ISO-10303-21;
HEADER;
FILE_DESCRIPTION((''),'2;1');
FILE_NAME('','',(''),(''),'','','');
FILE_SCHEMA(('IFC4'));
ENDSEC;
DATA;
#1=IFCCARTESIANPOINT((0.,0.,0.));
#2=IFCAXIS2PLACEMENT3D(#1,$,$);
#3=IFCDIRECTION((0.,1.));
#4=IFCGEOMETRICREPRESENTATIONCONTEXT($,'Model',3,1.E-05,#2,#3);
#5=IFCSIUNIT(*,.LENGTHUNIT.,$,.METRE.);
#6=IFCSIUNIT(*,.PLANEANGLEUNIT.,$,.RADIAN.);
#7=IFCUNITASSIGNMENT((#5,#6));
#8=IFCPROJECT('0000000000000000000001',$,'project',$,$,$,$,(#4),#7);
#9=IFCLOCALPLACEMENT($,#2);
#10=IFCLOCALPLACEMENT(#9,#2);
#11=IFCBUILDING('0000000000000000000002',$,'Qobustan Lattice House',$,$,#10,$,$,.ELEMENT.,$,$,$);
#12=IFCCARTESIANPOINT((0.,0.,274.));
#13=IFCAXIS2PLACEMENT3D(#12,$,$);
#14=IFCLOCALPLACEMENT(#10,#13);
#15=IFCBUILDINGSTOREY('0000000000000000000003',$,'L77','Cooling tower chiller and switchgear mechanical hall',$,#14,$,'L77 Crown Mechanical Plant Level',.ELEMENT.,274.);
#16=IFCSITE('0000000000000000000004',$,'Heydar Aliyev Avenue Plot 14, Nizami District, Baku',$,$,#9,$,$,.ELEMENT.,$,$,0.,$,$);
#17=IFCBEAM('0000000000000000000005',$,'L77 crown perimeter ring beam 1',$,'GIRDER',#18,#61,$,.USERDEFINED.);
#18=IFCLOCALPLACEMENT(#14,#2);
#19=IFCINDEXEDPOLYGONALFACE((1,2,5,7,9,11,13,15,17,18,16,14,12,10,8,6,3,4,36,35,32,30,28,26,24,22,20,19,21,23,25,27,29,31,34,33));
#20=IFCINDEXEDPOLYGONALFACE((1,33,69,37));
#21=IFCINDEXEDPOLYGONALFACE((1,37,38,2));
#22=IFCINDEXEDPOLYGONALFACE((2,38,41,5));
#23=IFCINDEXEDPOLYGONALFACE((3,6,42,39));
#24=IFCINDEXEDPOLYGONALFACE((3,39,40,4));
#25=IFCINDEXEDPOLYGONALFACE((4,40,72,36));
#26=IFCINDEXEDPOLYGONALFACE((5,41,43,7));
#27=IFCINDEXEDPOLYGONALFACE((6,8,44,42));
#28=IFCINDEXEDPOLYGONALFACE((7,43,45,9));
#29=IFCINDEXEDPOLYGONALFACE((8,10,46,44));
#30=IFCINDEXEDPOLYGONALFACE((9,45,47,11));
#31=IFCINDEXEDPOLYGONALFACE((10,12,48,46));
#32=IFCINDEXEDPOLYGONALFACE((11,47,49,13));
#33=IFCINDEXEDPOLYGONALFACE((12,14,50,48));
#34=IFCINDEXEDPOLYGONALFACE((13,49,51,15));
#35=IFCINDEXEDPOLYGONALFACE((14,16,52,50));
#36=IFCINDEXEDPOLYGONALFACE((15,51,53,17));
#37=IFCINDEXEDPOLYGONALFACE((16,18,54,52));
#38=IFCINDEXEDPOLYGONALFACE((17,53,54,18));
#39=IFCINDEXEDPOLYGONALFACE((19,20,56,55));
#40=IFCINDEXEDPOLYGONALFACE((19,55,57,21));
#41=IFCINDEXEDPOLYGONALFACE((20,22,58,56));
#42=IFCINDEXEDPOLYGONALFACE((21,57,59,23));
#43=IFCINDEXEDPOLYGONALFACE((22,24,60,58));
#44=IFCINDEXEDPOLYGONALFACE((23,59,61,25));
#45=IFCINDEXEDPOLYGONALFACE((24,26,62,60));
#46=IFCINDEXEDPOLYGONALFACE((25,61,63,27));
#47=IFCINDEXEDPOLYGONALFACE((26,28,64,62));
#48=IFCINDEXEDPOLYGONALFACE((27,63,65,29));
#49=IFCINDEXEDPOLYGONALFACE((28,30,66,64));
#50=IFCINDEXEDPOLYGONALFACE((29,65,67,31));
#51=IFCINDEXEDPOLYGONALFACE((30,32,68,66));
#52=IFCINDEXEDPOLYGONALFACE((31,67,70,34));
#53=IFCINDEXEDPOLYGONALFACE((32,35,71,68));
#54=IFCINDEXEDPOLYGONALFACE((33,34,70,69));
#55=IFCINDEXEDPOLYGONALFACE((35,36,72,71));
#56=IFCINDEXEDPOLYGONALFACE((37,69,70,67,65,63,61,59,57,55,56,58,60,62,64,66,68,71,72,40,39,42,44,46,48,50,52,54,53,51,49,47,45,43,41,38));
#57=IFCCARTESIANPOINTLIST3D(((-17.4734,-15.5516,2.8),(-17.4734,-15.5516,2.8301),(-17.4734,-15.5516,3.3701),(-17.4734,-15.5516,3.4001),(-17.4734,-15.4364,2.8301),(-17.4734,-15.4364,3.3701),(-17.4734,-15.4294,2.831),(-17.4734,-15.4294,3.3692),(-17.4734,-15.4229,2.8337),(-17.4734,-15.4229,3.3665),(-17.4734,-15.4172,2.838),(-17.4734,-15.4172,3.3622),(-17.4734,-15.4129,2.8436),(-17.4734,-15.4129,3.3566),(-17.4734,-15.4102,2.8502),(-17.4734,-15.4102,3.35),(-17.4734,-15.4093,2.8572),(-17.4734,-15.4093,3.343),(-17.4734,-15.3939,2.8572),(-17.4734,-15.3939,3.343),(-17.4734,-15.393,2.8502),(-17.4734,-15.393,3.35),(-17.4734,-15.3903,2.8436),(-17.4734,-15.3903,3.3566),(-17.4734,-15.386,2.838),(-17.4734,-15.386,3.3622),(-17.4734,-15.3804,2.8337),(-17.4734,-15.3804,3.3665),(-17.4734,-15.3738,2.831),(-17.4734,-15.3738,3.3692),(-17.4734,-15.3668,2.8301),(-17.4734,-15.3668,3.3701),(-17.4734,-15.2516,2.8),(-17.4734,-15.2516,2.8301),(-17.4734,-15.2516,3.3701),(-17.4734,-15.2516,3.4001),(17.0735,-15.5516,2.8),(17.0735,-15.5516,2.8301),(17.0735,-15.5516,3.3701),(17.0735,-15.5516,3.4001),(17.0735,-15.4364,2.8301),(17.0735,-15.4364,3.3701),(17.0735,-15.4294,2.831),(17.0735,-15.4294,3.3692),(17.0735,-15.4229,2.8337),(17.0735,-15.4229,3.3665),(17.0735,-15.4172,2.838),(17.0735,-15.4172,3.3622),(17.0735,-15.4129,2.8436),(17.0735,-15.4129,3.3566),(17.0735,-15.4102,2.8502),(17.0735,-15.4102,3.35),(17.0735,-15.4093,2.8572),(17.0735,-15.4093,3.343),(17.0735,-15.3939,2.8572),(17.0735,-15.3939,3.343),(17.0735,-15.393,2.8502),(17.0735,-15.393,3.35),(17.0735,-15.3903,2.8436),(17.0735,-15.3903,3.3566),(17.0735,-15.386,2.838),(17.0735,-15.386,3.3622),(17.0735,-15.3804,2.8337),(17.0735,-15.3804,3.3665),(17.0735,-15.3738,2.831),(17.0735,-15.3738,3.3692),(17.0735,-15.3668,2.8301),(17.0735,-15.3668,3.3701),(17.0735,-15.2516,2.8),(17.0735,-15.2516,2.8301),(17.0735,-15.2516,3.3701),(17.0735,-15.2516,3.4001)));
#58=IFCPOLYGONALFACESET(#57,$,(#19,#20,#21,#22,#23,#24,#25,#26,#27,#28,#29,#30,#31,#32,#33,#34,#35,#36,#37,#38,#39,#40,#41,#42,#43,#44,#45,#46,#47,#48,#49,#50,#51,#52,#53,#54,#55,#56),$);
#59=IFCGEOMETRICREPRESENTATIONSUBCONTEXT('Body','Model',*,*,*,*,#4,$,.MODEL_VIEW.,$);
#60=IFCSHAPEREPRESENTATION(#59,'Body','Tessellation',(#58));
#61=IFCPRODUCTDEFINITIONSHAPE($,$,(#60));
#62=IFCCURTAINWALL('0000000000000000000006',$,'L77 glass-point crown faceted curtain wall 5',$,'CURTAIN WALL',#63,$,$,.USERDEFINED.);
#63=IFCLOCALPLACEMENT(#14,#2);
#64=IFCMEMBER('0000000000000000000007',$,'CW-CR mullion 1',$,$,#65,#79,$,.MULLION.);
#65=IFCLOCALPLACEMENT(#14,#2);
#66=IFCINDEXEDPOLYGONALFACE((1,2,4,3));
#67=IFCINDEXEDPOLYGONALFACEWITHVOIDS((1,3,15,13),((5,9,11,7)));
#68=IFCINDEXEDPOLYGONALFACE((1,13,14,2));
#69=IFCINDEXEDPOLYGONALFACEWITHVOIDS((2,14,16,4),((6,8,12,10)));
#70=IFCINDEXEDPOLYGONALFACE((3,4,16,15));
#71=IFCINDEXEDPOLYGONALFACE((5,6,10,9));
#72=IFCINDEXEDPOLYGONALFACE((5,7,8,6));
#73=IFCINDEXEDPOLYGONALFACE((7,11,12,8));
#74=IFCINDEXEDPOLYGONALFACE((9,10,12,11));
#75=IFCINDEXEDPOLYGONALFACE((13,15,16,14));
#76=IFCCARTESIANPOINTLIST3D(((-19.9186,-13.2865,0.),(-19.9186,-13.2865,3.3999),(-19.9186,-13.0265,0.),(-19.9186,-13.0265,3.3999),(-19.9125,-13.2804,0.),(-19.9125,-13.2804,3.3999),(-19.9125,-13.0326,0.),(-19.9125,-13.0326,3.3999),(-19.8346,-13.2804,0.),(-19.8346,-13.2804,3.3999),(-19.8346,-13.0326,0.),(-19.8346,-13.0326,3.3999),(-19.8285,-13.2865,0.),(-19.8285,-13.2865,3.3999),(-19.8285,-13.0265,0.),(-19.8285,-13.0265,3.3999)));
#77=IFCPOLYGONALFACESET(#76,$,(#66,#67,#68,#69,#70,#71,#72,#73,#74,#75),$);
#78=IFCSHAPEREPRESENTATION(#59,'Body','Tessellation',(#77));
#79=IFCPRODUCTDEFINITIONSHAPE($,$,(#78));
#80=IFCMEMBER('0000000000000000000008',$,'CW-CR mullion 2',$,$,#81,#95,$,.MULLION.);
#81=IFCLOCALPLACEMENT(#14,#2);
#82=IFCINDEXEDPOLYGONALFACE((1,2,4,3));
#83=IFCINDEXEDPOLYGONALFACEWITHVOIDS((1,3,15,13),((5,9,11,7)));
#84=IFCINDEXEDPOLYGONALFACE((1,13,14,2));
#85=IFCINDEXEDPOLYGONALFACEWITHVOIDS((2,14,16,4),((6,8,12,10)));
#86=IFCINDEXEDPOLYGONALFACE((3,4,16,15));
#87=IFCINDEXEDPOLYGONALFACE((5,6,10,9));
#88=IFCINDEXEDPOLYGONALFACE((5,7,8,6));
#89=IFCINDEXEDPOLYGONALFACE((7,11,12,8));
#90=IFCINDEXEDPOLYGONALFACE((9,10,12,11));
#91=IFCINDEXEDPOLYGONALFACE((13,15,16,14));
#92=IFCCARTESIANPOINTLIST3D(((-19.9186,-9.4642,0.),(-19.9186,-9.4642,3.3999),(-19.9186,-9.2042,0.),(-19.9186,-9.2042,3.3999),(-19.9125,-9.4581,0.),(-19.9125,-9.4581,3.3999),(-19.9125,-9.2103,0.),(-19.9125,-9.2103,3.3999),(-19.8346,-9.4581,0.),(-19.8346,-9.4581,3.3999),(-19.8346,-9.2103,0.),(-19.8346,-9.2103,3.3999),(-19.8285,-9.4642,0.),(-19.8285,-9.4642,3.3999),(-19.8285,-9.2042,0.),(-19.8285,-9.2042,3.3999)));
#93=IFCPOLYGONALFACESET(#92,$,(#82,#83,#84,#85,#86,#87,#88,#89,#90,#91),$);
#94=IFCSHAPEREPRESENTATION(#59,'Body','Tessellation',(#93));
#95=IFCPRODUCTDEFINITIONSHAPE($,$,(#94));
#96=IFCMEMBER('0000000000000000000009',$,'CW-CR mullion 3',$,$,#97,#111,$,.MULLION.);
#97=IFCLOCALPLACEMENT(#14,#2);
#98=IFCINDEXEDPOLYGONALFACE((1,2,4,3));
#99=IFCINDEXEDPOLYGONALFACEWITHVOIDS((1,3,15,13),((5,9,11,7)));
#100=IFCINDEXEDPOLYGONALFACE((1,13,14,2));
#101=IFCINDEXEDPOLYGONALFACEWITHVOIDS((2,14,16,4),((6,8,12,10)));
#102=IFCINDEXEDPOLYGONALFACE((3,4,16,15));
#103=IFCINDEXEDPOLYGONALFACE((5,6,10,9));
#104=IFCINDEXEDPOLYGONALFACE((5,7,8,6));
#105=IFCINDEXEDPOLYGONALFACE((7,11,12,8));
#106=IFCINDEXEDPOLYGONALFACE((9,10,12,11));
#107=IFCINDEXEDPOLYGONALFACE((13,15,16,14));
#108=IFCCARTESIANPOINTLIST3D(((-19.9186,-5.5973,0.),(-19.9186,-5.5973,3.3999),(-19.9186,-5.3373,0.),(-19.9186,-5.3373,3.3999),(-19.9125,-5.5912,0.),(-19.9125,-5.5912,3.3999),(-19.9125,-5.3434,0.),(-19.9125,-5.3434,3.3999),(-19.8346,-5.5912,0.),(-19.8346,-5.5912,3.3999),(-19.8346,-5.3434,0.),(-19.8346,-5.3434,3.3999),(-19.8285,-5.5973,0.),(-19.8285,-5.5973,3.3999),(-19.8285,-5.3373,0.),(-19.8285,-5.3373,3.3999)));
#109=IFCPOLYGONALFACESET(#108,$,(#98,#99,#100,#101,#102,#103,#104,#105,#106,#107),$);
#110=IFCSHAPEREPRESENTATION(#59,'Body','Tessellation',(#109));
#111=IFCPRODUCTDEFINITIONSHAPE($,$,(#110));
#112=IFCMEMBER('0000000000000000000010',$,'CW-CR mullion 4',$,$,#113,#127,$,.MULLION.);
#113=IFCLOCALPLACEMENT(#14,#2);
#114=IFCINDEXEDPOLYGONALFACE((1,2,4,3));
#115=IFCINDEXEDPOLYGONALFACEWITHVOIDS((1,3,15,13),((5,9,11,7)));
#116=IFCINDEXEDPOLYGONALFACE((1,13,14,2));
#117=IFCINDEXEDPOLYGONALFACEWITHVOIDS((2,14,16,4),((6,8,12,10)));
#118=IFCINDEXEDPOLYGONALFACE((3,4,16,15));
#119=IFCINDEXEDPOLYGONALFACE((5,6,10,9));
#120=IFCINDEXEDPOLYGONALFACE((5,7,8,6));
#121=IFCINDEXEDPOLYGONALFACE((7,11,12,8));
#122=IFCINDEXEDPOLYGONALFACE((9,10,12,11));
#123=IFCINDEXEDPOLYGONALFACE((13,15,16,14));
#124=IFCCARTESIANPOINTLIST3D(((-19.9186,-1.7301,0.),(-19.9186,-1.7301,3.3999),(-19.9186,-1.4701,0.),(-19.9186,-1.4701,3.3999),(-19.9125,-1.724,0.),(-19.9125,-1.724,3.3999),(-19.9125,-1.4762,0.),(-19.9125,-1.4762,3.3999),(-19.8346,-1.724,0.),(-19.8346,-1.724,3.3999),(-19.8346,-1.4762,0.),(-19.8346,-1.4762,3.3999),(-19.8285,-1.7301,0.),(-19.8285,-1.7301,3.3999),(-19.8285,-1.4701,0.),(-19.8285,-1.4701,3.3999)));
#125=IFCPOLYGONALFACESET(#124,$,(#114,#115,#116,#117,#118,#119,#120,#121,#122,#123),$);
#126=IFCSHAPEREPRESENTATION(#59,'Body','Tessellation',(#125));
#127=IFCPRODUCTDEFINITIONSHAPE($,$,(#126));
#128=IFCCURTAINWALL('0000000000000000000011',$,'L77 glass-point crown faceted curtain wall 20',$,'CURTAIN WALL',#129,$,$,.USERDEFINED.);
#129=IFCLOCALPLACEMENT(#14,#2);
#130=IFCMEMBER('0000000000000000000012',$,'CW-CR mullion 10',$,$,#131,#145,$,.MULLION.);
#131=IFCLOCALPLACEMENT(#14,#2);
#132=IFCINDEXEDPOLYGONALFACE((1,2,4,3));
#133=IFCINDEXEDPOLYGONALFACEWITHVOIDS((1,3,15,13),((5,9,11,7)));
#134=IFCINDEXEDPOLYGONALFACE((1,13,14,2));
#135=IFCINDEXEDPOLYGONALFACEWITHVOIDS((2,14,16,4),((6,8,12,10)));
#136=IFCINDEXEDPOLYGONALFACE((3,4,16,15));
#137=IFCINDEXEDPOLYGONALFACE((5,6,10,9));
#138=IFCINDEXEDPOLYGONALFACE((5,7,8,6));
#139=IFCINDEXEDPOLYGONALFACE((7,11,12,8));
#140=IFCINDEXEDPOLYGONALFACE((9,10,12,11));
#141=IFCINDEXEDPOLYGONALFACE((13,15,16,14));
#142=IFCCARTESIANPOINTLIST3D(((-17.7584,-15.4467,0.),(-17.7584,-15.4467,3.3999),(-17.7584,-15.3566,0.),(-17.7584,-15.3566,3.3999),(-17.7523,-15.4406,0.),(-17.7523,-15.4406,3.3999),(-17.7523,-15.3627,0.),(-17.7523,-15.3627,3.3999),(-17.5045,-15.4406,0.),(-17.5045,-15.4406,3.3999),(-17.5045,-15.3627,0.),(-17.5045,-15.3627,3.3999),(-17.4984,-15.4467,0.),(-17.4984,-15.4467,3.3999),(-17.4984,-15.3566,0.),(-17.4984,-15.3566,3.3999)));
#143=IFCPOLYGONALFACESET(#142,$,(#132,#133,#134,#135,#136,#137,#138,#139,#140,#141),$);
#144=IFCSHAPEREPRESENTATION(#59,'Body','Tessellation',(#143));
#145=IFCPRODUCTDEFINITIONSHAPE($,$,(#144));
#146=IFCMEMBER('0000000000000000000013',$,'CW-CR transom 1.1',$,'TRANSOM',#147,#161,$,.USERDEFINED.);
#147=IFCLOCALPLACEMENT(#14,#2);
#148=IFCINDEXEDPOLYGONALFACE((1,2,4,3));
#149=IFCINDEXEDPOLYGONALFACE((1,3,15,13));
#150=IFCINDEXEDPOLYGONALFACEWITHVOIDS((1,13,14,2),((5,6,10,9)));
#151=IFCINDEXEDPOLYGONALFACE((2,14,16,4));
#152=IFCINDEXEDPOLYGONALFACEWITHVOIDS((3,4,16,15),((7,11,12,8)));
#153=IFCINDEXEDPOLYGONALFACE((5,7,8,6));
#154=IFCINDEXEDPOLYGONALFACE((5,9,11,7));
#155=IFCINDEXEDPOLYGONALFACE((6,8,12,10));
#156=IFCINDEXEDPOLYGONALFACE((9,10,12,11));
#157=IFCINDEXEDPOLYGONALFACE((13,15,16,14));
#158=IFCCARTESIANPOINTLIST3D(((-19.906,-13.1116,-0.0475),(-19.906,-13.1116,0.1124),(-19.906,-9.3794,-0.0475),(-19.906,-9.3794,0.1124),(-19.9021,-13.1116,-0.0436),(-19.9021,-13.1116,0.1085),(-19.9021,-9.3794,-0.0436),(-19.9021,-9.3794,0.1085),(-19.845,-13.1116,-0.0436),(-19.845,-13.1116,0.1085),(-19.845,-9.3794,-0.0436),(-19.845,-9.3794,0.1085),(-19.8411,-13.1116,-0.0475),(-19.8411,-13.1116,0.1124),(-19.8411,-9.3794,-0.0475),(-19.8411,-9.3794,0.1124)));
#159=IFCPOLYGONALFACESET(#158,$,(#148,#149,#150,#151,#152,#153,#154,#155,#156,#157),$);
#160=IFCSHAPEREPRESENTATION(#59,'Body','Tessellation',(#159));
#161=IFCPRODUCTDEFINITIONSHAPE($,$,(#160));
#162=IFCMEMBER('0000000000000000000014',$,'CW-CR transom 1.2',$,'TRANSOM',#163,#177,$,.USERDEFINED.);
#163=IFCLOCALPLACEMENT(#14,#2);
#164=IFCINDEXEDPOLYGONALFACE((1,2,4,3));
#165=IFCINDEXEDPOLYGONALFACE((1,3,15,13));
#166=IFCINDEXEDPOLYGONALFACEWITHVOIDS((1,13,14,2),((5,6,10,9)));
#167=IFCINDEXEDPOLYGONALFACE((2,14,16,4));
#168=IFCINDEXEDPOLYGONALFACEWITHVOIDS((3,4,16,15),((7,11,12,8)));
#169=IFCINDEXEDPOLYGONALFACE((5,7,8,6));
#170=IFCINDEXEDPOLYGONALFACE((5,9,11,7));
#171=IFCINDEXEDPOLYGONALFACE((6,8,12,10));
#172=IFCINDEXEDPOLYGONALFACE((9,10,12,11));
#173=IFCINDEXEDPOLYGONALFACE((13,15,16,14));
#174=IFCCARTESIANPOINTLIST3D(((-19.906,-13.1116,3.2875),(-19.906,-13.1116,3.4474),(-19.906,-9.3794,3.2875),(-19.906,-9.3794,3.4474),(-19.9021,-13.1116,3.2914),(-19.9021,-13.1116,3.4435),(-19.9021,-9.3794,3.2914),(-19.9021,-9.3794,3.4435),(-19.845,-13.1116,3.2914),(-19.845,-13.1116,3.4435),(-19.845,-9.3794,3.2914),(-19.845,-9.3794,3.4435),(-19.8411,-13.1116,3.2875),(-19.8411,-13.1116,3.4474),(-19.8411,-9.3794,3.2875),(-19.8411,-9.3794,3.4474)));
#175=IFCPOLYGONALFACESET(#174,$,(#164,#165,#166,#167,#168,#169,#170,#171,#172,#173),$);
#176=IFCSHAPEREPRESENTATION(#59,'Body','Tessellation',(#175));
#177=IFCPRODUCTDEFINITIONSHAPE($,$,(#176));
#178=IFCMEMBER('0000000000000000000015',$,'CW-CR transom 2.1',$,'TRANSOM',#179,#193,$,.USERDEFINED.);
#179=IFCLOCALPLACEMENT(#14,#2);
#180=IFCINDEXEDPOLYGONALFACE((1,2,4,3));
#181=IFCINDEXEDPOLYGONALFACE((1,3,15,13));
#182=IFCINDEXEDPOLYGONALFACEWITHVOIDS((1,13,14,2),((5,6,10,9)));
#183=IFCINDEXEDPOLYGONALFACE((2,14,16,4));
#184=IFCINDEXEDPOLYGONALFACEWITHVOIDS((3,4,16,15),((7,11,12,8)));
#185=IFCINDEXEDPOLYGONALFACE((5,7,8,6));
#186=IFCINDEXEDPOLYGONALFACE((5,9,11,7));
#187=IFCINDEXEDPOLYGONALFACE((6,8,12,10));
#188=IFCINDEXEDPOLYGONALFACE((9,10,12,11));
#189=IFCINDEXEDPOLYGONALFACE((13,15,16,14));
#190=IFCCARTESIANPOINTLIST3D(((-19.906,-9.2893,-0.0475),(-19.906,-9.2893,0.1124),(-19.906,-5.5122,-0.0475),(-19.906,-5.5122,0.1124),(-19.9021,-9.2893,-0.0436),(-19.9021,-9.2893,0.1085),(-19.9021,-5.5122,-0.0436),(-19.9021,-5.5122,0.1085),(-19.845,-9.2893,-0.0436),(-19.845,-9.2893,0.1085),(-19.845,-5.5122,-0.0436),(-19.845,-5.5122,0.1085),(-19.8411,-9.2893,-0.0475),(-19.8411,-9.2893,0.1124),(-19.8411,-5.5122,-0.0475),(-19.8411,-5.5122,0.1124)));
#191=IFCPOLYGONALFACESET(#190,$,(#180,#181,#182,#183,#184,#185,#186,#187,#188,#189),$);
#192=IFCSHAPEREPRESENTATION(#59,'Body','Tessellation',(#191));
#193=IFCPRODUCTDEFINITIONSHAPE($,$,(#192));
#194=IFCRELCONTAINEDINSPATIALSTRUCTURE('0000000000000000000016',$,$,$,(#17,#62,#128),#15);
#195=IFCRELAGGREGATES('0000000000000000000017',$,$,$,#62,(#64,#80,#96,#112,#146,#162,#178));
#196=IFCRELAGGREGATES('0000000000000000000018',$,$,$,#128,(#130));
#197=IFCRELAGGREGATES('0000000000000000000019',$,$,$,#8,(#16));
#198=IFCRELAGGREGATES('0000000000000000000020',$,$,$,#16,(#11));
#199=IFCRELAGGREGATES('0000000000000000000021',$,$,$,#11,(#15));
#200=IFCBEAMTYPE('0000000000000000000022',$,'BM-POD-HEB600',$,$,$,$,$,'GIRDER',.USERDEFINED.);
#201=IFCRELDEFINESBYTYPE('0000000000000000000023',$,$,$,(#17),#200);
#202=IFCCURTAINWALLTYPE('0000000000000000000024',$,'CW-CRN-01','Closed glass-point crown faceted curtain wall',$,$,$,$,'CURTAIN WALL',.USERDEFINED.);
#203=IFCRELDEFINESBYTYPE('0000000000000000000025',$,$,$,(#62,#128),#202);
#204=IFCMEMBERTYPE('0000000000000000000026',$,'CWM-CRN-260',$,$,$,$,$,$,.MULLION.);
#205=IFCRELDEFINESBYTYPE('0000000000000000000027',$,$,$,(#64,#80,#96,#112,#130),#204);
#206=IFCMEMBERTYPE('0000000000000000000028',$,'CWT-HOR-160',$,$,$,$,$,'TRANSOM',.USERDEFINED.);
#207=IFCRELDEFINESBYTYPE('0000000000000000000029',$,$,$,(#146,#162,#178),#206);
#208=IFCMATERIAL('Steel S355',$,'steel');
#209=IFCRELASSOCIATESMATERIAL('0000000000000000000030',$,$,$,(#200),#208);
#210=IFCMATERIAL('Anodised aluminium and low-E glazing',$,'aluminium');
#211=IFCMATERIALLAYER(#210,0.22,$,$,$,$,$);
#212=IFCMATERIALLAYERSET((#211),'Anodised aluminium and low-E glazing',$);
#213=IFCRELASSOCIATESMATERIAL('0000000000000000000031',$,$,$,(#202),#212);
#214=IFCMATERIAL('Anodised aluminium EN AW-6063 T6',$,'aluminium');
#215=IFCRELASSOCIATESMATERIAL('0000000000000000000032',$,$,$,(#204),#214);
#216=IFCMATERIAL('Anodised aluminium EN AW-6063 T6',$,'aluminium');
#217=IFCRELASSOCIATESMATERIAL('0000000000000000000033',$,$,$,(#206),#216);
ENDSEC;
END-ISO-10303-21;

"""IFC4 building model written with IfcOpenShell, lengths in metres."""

from ifc_helpers import new_model, si_unit, direction, frame, origin, origin_2d, place, context, subcontext, project, spatial, hollow_rectangle, i_section, extrude, material, layer, layer_set, material_profile, profile_set, type_object, element, aggregate, save


model = new_model("IFC4")

# Units and contexts
model_context = context("Model", 3, precision=1e-05, world=origin(), true_north=direction((0.0, 1.0)))
body_context = subcontext(model_context, "Body", "Model", "MODEL_VIEW")
ifc_project = project(units=[si_unit("LENGTHUNIT", "METRE"), si_unit("PLANEANGLEUNIT", "RADIAN")], contexts=[model_context])

# Site, building, storey
site_placement = place(None, origin())
site = spatial("IfcSite", under=ifc_project, at=site_placement, Name="Heydar Aliyev Avenue Plot 14, Nizami District, Baku", CompositionType="ELEMENT", RefElevation=0.0)
building_placement = place(site_placement, origin())
building = spatial("IfcBuilding", under=site, at=building_placement, Name="Qobustan Lattice House", CompositionType="ELEMENT")
storey_placement = place(building_placement, frame((0.0, 0.0, 274.0)))
storey = spatial("IfcBuildingStorey", under=building, at=storey_placement, Name="L77", Description="Cooling tower chiller and switchgear mechanical hall", LongName="L77 Crown Mechanical Plant Level", CompositionType="ELEMENT", Elevation=274.0)

# Beam
ifc_material_1 = material(Name="Steel S355", Category="steel")
ifc_material_profile_1 = material_profile(ifc_material_1, i_section(OverallWidth=0.3, OverallDepth=0.6001, WebThickness=0.0154, FlangeThickness=0.03, FilletRadius=0.0271, at=origin_2d()), Name="HEB600")
ifc_profile_set_1 = profile_set([ifc_material_profile_1], Name="Steel S355")
beam_type = type_object("IfcBeamType", Name="BM-POD-HEB600", ElementType="GIRDER", PredefinedType="USERDEFINED", material=ifc_profile_set_1)
beam_placement = place(storey_placement, frame((-17.4734, -15.4016, 3.1001), z_axis=(1.0, 0.0, 0.0), x_axis=(0.0, 1.0, 0.0)))
element("IfcBeam", 1, at=beam_placement, inside=storey, type_object=beam_type, Name="L77 crown perimeter ring beam 1", ObjectType="GIRDER", PredefinedType="USERDEFINED", context=body_context, shape_type="SweptSolid", body=[
    extrude(i_section(OverallWidth=0.3, OverallDepth=0.6001, WebThickness=0.0154, FlangeThickness=0.03, FilletRadius=0.0271, at=origin_2d()), origin(), (0.0, 0.0, 1.0), 34.5469),
])

# Curtain wall, members
ifc_material_2 = material(Name="Anodised aluminium and low-E glazing", Category="aluminium")
ifc_layer_1 = layer(ifc_material_2, 0.22)
ifc_layer_set_1 = layer_set([ifc_layer_1], Name="Anodised aluminium and low-E glazing")
curtain_wall_type = type_object("IfcCurtainWallType", Name="CW-CRN-01", Description="Closed glass-point crown faceted curtain wall", ElementType="CURTAIN WALL", PredefinedType="USERDEFINED", material=ifc_layer_set_1)
curtain_wall_1_placement = place(storey_placement, origin())
curtain_wall_1 = element("IfcCurtainWall", 2, at=curtain_wall_1_placement, inside=storey, type_object=curtain_wall_type, Name="L77 glass-point crown faceted curtain wall 5", ObjectType="CURTAIN WALL", PredefinedType="USERDEFINED")
ifc_material_3 = material(Name="Anodised aluminium EN AW-6063 T6", Category="aluminium")
ifc_material_profile_2 = material_profile(ifc_material_3, hollow_rectangle(XDim=0.0901, YDim=0.26, WallThickness=0.0061, at=origin_2d()), Name="CWM-CROWN-260x90")
ifc_profile_set_2 = profile_set([ifc_material_profile_2], Name="Anodised aluminium EN AW-6063 T6")
member_type_1 = type_object("IfcMemberType", Name="CWM-CRN-260", PredefinedType="MULLION", material=ifc_profile_set_2)
member_1_placement = place(storey_placement, frame((-19.8735, -13.1565, 0.0), z_axis=(0.0, 0.0, 1.0), x_axis=(-1.0, 0.0, 0.0)))
member_1 = element("IfcMember", 3, at=member_1_placement, type_object=member_type_1, Name="CW-CR mullion 1", PredefinedType="MULLION", context=body_context, shape_type="SweptSolid", body=[
    extrude(hollow_rectangle(XDim=0.0901, YDim=0.26, WallThickness=0.0061, at=origin_2d()), origin(), (0.0, 0.0, 1.0), 3.3999),
])
member_2_placement = place(storey_placement, frame((-19.8735, -9.3342, 0.0), z_axis=(0.0, 0.0, 1.0), x_axis=(-1.0, 0.0, 0.0)))
member_2 = element("IfcMember", 4, at=member_2_placement, type_object=member_type_1, Name="CW-CR mullion 2", PredefinedType="MULLION", context=body_context, shape_type="SweptSolid", body=[
    extrude(hollow_rectangle(XDim=0.0901, YDim=0.26, WallThickness=0.0061, at=origin_2d()), origin(), (0.0, 0.0, 1.0), 3.3999),
])
member_3_placement = place(storey_placement, frame((-19.8735, -5.4673, 0.0), z_axis=(0.0, 0.0, 1.0), x_axis=(-1.0, 0.0, 0.0)))
member_3 = element("IfcMember", 5, at=member_3_placement, type_object=member_type_1, Name="CW-CR mullion 3", PredefinedType="MULLION", context=body_context, shape_type="SweptSolid", body=[
    extrude(hollow_rectangle(XDim=0.0901, YDim=0.26, WallThickness=0.0061, at=origin_2d()), origin(), (0.0, 0.0, 1.0), 3.3999),
])
member_4_placement = place(storey_placement, frame((-19.8735, -1.6001, 0.0), z_axis=(0.0, 0.0, 1.0), x_axis=(-1.0, 0.0, 0.0)))
member_4 = element("IfcMember", 6, at=member_4_placement, type_object=member_type_1, Name="CW-CR mullion 4", PredefinedType="MULLION", context=body_context, shape_type="SweptSolid", body=[
    extrude(hollow_rectangle(XDim=0.0901, YDim=0.26, WallThickness=0.0061, at=origin_2d()), origin(), (0.0, 0.0, 1.0), 3.3999),
])

# Curtain wall, member
curtain_wall_2_placement = place(storey_placement, origin())
curtain_wall_2 = element("IfcCurtainWall", 7, at=curtain_wall_2_placement, inside=storey, type_object=curtain_wall_type, Name="L77 glass-point crown faceted curtain wall 20", ObjectType="CURTAIN WALL", PredefinedType="USERDEFINED")
member_5_placement = place(storey_placement, frame((-17.6284, -15.4016, 0.0), z_axis=(0.0, 0.0, 1.0), x_axis=(0.0, -1.0, 0.0)))
member_5 = element("IfcMember", 8, at=member_5_placement, type_object=member_type_1, Name="CW-CR mullion 10", PredefinedType="MULLION", context=body_context, shape_type="SweptSolid", body=[
    extrude(hollow_rectangle(XDim=0.0901, YDim=0.26, WallThickness=0.0061, at=origin_2d()), origin(), (0.0, 0.0, 1.0), 3.3999),
])

# Members
ifc_material_4 = material(Name="Anodised aluminium EN AW-6063 T6", Category="aluminium")
ifc_material_profile_3 = material_profile(ifc_material_4, hollow_rectangle(XDim=0.0649, YDim=0.1599, WallThickness=0.0039, at=origin_2d()), Name="CWT-160x65")
ifc_profile_set_3 = profile_set([ifc_material_profile_3], Name="Anodised aluminium EN AW-6063 T6")
member_type_2 = type_object("IfcMemberType", Name="CWT-HOR-160", ElementType="TRANSOM", PredefinedType="USERDEFINED", material=ifc_profile_set_3)
member_6_placement = place(storey_placement, frame((-19.8735, -13.1116, 0.0325), z_axis=(0.0, 1.0, 0.0), x_axis=(-1.0, 0.0, 0.0)))
member_6 = element("IfcMember", 9, at=member_6_placement, type_object=member_type_2, Name="CW-CR transom 1.1", ObjectType="TRANSOM", PredefinedType="USERDEFINED", context=body_context, shape_type="SweptSolid", body=[
    extrude(hollow_rectangle(XDim=0.0649, YDim=0.1599, WallThickness=0.0039, at=origin_2d()), origin(), (0.0, 0.0, 1.0), 3.7322),
])
member_7_placement = place(storey_placement, frame((-19.8735, -13.1116, 3.3674), z_axis=(0.0, 1.0, 0.0), x_axis=(-1.0, 0.0, 0.0)))
member_7 = element("IfcMember", 10, at=member_7_placement, type_object=member_type_2, Name="CW-CR transom 1.2", ObjectType="TRANSOM", PredefinedType="USERDEFINED", context=body_context, shape_type="SweptSolid", body=[
    extrude(hollow_rectangle(XDim=0.0649, YDim=0.1599, WallThickness=0.0039, at=origin_2d()), origin(), (0.0, 0.0, 1.0), 3.7322),
])
member_8_placement = place(storey_placement, frame((-19.8735, -9.2893, 0.0325), z_axis=(0.0, 1.0, 0.0), x_axis=(-1.0, 0.0, 0.0)))
member_8 = element("IfcMember", 11, at=member_8_placement, type_object=member_type_2, Name="CW-CR transom 2.1", ObjectType="TRANSOM", PredefinedType="USERDEFINED", context=body_context, shape_type="SweptSolid", body=[
    extrude(hollow_rectangle(XDim=0.0649, YDim=0.1599, WallThickness=0.0039, at=origin_2d()), origin(), (0.0, 0.0, 1.0), 3.7771),
])

aggregate(curtain_wall_1, [member_1, member_2, member_3, member_4, member_6, member_7, member_8])
aggregate(curtain_wall_2, [member_5])

save(model, "model.ifc")
